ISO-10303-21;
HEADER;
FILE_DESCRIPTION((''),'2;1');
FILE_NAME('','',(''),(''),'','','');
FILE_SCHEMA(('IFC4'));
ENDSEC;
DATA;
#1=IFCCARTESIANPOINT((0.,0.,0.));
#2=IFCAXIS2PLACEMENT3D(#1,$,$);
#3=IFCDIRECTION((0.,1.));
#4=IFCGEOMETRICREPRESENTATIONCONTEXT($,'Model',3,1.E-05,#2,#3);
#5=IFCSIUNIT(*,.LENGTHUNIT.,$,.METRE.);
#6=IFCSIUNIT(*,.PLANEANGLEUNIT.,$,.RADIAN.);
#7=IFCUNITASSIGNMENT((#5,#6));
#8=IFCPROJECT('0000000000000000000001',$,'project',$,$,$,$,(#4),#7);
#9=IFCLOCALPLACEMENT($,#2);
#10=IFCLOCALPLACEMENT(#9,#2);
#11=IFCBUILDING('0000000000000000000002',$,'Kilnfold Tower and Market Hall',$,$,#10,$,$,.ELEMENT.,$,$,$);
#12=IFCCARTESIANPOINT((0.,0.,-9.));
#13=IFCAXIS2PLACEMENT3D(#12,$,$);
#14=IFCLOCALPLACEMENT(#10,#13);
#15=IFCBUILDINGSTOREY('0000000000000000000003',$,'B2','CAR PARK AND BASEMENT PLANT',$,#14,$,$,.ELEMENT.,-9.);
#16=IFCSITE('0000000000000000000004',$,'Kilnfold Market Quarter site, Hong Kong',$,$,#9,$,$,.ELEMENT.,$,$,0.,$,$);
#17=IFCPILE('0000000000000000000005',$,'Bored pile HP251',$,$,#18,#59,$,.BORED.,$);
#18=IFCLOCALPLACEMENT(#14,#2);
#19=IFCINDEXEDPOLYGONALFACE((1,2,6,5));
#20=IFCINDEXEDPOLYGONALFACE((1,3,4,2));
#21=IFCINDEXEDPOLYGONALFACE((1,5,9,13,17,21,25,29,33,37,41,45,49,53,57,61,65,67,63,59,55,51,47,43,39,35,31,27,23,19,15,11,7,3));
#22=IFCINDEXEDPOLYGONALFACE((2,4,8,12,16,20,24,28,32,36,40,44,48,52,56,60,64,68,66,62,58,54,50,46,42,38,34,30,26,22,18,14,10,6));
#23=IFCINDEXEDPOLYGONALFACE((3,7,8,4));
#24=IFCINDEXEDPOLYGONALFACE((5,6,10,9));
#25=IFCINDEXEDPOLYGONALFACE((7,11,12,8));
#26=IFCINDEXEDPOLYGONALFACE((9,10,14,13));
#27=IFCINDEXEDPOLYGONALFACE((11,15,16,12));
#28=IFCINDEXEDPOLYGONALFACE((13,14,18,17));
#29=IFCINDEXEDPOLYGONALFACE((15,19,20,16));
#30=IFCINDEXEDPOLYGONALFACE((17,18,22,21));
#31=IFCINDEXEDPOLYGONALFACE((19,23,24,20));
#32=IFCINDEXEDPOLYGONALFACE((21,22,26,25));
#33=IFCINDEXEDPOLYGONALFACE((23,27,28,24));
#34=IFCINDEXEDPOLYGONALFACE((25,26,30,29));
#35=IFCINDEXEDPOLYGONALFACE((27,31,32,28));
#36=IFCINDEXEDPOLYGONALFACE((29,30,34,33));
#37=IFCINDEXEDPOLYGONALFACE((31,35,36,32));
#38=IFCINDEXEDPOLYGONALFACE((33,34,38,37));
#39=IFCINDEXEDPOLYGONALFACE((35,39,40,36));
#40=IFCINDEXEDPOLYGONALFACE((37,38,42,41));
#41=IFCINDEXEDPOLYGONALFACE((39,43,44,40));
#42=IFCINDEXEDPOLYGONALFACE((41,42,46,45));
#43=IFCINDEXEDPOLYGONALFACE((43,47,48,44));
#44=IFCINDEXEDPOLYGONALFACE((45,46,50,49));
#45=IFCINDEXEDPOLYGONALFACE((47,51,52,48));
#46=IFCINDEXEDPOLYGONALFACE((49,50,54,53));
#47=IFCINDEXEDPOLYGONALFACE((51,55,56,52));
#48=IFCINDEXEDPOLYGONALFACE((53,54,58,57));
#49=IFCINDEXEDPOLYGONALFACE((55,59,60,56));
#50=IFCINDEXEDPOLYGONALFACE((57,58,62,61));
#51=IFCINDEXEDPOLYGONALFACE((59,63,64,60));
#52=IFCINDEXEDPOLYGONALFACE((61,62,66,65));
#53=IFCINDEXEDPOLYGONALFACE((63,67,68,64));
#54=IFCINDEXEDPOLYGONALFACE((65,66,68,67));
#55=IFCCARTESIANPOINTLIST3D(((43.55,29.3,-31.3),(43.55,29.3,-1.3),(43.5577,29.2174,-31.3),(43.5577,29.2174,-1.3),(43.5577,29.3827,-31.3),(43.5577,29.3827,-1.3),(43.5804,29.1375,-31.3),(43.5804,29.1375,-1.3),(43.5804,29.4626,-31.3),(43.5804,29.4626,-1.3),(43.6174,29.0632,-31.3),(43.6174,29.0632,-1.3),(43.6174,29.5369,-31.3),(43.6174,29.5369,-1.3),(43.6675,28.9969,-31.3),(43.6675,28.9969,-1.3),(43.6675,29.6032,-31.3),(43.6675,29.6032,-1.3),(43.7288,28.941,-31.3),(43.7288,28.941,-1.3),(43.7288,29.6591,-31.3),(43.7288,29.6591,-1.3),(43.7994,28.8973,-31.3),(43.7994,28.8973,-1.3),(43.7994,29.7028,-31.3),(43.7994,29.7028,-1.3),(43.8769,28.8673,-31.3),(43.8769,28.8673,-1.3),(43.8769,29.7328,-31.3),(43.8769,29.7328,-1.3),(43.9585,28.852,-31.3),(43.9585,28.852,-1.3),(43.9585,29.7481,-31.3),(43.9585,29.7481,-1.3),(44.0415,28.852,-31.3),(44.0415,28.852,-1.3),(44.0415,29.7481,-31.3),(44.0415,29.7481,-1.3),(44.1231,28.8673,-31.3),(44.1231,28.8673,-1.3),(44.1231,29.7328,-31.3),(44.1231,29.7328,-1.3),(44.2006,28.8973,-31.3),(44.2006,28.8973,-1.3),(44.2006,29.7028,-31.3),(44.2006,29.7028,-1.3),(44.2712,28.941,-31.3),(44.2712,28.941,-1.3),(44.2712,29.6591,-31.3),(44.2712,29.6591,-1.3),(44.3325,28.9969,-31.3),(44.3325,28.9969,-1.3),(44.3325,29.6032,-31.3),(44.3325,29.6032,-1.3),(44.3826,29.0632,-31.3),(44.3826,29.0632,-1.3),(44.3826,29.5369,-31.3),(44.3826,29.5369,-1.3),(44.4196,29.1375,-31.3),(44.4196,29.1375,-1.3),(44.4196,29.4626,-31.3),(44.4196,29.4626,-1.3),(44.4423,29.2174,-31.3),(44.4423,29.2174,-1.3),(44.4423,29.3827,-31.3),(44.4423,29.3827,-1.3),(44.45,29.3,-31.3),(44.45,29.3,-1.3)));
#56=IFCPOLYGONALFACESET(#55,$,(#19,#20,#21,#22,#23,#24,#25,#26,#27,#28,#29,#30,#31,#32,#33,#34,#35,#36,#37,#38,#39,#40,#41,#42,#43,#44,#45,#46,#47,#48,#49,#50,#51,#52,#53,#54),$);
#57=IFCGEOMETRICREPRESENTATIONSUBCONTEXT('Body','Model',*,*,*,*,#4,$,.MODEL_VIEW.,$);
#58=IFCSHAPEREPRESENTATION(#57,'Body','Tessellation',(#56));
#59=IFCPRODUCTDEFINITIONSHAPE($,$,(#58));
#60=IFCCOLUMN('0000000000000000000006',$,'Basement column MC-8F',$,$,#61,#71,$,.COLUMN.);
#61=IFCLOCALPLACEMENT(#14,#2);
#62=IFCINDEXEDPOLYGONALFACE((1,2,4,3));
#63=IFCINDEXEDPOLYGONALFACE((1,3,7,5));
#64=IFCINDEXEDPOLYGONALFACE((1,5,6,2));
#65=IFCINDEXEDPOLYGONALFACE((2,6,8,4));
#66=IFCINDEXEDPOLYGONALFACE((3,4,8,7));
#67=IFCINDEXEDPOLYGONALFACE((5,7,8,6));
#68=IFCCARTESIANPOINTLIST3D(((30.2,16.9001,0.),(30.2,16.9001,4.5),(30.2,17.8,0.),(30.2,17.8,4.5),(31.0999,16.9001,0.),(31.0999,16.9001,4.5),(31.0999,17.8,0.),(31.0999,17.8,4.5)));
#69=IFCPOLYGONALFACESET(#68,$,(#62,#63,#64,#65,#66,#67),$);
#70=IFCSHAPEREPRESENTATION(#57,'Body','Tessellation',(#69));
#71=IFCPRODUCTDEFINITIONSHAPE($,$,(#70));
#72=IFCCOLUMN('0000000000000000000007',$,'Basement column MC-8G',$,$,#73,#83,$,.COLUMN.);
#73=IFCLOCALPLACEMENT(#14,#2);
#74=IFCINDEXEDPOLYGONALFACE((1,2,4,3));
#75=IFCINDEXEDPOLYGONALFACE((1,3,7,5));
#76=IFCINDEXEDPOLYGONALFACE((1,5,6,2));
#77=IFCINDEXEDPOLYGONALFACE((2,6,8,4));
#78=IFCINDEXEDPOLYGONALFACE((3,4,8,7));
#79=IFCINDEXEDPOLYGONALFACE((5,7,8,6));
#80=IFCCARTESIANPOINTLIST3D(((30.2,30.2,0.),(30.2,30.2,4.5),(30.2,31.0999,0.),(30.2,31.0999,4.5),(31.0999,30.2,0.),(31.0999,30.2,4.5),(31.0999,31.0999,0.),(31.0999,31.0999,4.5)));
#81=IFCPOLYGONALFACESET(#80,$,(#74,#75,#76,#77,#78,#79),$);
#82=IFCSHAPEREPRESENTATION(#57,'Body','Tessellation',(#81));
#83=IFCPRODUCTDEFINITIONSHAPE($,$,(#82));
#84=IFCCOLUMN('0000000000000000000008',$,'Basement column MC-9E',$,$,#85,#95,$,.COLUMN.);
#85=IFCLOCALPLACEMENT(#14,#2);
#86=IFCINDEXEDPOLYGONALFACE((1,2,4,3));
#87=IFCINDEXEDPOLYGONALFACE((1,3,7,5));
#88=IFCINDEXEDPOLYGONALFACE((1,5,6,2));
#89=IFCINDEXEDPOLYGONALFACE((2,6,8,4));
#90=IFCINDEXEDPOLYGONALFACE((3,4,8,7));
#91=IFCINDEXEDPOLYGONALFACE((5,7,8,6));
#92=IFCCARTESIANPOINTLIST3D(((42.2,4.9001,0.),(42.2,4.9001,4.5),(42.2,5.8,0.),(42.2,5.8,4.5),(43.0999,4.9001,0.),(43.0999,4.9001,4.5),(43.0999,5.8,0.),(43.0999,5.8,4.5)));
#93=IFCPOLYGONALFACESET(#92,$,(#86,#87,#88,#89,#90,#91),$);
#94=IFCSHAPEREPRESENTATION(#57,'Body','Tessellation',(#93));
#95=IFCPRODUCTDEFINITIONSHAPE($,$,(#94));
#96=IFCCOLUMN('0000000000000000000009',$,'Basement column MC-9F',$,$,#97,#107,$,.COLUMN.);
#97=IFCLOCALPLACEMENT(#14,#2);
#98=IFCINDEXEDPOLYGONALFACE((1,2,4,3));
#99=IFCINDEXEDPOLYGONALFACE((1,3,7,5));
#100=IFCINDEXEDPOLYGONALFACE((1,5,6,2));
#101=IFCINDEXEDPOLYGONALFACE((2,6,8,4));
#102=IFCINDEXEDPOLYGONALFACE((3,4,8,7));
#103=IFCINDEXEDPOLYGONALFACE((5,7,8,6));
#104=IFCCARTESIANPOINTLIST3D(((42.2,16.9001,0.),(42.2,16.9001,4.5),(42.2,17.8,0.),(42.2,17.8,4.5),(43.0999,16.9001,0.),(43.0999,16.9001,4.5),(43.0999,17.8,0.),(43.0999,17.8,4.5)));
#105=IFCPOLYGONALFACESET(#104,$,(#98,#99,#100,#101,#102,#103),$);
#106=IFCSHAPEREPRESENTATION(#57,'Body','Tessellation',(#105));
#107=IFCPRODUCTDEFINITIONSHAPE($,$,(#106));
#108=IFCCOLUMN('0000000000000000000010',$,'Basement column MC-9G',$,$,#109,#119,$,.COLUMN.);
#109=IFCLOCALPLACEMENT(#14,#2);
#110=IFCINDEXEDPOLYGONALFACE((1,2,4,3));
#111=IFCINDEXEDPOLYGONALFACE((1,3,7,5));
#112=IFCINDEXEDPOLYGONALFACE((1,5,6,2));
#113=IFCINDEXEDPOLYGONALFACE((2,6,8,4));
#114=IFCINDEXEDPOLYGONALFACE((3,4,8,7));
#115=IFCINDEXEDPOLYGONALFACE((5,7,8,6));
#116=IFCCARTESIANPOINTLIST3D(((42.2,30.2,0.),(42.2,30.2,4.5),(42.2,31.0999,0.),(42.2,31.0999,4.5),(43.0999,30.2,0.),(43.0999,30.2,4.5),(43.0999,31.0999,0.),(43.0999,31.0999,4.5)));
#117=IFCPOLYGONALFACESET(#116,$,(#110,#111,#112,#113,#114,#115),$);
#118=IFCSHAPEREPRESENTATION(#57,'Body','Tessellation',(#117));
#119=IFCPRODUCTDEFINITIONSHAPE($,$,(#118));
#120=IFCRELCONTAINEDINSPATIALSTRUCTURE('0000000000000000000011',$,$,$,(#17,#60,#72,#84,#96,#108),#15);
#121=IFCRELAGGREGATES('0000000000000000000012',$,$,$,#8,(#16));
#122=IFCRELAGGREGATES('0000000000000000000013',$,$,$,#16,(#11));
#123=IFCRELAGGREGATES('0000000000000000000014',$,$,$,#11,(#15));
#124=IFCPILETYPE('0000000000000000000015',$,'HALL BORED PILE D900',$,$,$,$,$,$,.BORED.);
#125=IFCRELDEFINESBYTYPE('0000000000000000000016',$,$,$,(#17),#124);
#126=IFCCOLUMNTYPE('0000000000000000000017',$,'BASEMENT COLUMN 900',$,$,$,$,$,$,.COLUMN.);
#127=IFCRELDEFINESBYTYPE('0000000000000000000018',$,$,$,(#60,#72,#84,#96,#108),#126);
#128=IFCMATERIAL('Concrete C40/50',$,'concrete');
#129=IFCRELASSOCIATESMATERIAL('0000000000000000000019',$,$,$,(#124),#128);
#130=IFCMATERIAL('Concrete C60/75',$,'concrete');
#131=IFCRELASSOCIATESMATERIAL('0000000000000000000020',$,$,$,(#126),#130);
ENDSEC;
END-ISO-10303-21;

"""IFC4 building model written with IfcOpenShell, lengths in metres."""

from ifc_helpers import new_model, si_unit, direction, frame, origin, origin_2d, place, context, subcontext, project, spatial, rectangle, circle, extrude, source, transform, mapped, material, material_profile, profile_set, type_object, element, save


model = new_model("IFC4")

# Units and contexts
model_context = context("Model", 3, precision=1e-05, world=origin(), true_north=direction((0.0, 1.0)))
body_context = subcontext(model_context, "Body", "Model", "MODEL_VIEW")
ifc_project = project(units=[si_unit("LENGTHUNIT", "METRE"), si_unit("PLANEANGLEUNIT", "RADIAN")], contexts=[model_context])

# Site, building, storey
site_placement = place(None, origin())
site = spatial("IfcSite", under=ifc_project, at=site_placement, Name="Kilnfold Market Quarter site, Hong Kong", CompositionType="ELEMENT", RefElevation=0.0)
building_placement = place(site_placement, origin())
building = spatial("IfcBuilding", under=site, at=building_placement, Name="Kilnfold Tower and Market Hall", CompositionType="ELEMENT")
storey_placement = place(building_placement, frame((0.0, 0.0, -9.0)))
storey = spatial("IfcBuildingStorey", under=building, at=storey_placement, Name="B2", Description="CAR PARK AND BASEMENT PLANT", CompositionType="ELEMENT", Elevation=-9.0)

# Pile
ifc_material_1 = material(Name="Concrete C40/50", Category="concrete")
ifc_material_profile_1 = material_profile(ifc_material_1, circle(Radius=0.45, at=origin_2d()), Name="D900")
ifc_profile_set_1 = profile_set([ifc_material_profile_1], Name="Concrete C40/50")
pile_type = type_object("IfcPileType", Name="HALL BORED PILE D900", PredefinedType="BORED", material=ifc_profile_set_1)
shared_shape_1 = source(origin(), body_context, "Body", "SweptSolid", [
    extrude(circle(Radius=0.45, at=origin_2d()), origin(), (0.0, 0.0, 1.0), 30.0),
])
for number, where, z_axis, x_axis, name in (
    (1, (44.0, 29.3, -1.3), (0.0, 0.0, -1.0), (1.0, 0.0, 0.0), "Bored pile HP251"),
):
    element("IfcPile", number, at=place(storey_placement, frame(where, z_axis=z_axis, x_axis=x_axis)), inside=storey, type_object=pile_type, Name=name, PredefinedType="BORED", context=body_context, shape_type="MappedRepresentation", body=[
        mapped(shared_shape_1, transform((0.0, 0.0, 0.0))),
    ])

# Columns
ifc_material_2 = material(Name="Concrete C60/75", Category="concrete")
ifc_material_profile_2 = material_profile(ifc_material_2, rectangle(XDim=0.8999, YDim=0.8999, at=origin_2d()), Name="RC 900x900")
ifc_profile_set_2 = profile_set([ifc_material_profile_2], Name="Concrete C60/75")
column_type = type_object("IfcColumnType", Name="BASEMENT COLUMN 900", PredefinedType="COLUMN", material=ifc_profile_set_2)
shared_shape_2 = source(origin(), body_context, "Body", "SweptSolid", [
    extrude(rectangle(XDim=0.8999, YDim=0.8999, at=origin_2d()), origin(), (0.0, 0.0, 1.0), 4.5),
])
for number, where, z_axis, x_axis, name in (
    (2, (30.6499, 17.3501, 0.0), (0.0, 0.0, 1.0), (1.0, 0.0, 0.0), "Basement column MC-8F"),
    (3, (30.6499, 30.6499, 0.0), (0.0, 0.0, 1.0), (1.0, 0.0, 0.0), "Basement column MC-8G"),
    (4, (42.6499, 5.3501, 0.0), (0.0, 0.0, 1.0), (1.0, 0.0, 0.0), "Basement column MC-9E"),
    (5, (42.6499, 17.3501, 0.0), (0.0, 0.0, 1.0), (1.0, 0.0, 0.0), "Basement column MC-9F"),
    (6, (42.6499, 30.6499, 0.0), (0.0, 0.0, 1.0), (1.0, 0.0, 0.0), "Basement column MC-9G"),
):
    element("IfcColumn", number, at=place(storey_placement, frame(where, z_axis=z_axis, x_axis=x_axis)), inside=storey, type_object=column_type, Name=name, PredefinedType="COLUMN", context=body_context, shape_type="MappedRepresentation", body=[
        mapped(shared_shape_2, transform((0.0, 0.0, 0.0))),
    ])

save(model, "model.ifc")
